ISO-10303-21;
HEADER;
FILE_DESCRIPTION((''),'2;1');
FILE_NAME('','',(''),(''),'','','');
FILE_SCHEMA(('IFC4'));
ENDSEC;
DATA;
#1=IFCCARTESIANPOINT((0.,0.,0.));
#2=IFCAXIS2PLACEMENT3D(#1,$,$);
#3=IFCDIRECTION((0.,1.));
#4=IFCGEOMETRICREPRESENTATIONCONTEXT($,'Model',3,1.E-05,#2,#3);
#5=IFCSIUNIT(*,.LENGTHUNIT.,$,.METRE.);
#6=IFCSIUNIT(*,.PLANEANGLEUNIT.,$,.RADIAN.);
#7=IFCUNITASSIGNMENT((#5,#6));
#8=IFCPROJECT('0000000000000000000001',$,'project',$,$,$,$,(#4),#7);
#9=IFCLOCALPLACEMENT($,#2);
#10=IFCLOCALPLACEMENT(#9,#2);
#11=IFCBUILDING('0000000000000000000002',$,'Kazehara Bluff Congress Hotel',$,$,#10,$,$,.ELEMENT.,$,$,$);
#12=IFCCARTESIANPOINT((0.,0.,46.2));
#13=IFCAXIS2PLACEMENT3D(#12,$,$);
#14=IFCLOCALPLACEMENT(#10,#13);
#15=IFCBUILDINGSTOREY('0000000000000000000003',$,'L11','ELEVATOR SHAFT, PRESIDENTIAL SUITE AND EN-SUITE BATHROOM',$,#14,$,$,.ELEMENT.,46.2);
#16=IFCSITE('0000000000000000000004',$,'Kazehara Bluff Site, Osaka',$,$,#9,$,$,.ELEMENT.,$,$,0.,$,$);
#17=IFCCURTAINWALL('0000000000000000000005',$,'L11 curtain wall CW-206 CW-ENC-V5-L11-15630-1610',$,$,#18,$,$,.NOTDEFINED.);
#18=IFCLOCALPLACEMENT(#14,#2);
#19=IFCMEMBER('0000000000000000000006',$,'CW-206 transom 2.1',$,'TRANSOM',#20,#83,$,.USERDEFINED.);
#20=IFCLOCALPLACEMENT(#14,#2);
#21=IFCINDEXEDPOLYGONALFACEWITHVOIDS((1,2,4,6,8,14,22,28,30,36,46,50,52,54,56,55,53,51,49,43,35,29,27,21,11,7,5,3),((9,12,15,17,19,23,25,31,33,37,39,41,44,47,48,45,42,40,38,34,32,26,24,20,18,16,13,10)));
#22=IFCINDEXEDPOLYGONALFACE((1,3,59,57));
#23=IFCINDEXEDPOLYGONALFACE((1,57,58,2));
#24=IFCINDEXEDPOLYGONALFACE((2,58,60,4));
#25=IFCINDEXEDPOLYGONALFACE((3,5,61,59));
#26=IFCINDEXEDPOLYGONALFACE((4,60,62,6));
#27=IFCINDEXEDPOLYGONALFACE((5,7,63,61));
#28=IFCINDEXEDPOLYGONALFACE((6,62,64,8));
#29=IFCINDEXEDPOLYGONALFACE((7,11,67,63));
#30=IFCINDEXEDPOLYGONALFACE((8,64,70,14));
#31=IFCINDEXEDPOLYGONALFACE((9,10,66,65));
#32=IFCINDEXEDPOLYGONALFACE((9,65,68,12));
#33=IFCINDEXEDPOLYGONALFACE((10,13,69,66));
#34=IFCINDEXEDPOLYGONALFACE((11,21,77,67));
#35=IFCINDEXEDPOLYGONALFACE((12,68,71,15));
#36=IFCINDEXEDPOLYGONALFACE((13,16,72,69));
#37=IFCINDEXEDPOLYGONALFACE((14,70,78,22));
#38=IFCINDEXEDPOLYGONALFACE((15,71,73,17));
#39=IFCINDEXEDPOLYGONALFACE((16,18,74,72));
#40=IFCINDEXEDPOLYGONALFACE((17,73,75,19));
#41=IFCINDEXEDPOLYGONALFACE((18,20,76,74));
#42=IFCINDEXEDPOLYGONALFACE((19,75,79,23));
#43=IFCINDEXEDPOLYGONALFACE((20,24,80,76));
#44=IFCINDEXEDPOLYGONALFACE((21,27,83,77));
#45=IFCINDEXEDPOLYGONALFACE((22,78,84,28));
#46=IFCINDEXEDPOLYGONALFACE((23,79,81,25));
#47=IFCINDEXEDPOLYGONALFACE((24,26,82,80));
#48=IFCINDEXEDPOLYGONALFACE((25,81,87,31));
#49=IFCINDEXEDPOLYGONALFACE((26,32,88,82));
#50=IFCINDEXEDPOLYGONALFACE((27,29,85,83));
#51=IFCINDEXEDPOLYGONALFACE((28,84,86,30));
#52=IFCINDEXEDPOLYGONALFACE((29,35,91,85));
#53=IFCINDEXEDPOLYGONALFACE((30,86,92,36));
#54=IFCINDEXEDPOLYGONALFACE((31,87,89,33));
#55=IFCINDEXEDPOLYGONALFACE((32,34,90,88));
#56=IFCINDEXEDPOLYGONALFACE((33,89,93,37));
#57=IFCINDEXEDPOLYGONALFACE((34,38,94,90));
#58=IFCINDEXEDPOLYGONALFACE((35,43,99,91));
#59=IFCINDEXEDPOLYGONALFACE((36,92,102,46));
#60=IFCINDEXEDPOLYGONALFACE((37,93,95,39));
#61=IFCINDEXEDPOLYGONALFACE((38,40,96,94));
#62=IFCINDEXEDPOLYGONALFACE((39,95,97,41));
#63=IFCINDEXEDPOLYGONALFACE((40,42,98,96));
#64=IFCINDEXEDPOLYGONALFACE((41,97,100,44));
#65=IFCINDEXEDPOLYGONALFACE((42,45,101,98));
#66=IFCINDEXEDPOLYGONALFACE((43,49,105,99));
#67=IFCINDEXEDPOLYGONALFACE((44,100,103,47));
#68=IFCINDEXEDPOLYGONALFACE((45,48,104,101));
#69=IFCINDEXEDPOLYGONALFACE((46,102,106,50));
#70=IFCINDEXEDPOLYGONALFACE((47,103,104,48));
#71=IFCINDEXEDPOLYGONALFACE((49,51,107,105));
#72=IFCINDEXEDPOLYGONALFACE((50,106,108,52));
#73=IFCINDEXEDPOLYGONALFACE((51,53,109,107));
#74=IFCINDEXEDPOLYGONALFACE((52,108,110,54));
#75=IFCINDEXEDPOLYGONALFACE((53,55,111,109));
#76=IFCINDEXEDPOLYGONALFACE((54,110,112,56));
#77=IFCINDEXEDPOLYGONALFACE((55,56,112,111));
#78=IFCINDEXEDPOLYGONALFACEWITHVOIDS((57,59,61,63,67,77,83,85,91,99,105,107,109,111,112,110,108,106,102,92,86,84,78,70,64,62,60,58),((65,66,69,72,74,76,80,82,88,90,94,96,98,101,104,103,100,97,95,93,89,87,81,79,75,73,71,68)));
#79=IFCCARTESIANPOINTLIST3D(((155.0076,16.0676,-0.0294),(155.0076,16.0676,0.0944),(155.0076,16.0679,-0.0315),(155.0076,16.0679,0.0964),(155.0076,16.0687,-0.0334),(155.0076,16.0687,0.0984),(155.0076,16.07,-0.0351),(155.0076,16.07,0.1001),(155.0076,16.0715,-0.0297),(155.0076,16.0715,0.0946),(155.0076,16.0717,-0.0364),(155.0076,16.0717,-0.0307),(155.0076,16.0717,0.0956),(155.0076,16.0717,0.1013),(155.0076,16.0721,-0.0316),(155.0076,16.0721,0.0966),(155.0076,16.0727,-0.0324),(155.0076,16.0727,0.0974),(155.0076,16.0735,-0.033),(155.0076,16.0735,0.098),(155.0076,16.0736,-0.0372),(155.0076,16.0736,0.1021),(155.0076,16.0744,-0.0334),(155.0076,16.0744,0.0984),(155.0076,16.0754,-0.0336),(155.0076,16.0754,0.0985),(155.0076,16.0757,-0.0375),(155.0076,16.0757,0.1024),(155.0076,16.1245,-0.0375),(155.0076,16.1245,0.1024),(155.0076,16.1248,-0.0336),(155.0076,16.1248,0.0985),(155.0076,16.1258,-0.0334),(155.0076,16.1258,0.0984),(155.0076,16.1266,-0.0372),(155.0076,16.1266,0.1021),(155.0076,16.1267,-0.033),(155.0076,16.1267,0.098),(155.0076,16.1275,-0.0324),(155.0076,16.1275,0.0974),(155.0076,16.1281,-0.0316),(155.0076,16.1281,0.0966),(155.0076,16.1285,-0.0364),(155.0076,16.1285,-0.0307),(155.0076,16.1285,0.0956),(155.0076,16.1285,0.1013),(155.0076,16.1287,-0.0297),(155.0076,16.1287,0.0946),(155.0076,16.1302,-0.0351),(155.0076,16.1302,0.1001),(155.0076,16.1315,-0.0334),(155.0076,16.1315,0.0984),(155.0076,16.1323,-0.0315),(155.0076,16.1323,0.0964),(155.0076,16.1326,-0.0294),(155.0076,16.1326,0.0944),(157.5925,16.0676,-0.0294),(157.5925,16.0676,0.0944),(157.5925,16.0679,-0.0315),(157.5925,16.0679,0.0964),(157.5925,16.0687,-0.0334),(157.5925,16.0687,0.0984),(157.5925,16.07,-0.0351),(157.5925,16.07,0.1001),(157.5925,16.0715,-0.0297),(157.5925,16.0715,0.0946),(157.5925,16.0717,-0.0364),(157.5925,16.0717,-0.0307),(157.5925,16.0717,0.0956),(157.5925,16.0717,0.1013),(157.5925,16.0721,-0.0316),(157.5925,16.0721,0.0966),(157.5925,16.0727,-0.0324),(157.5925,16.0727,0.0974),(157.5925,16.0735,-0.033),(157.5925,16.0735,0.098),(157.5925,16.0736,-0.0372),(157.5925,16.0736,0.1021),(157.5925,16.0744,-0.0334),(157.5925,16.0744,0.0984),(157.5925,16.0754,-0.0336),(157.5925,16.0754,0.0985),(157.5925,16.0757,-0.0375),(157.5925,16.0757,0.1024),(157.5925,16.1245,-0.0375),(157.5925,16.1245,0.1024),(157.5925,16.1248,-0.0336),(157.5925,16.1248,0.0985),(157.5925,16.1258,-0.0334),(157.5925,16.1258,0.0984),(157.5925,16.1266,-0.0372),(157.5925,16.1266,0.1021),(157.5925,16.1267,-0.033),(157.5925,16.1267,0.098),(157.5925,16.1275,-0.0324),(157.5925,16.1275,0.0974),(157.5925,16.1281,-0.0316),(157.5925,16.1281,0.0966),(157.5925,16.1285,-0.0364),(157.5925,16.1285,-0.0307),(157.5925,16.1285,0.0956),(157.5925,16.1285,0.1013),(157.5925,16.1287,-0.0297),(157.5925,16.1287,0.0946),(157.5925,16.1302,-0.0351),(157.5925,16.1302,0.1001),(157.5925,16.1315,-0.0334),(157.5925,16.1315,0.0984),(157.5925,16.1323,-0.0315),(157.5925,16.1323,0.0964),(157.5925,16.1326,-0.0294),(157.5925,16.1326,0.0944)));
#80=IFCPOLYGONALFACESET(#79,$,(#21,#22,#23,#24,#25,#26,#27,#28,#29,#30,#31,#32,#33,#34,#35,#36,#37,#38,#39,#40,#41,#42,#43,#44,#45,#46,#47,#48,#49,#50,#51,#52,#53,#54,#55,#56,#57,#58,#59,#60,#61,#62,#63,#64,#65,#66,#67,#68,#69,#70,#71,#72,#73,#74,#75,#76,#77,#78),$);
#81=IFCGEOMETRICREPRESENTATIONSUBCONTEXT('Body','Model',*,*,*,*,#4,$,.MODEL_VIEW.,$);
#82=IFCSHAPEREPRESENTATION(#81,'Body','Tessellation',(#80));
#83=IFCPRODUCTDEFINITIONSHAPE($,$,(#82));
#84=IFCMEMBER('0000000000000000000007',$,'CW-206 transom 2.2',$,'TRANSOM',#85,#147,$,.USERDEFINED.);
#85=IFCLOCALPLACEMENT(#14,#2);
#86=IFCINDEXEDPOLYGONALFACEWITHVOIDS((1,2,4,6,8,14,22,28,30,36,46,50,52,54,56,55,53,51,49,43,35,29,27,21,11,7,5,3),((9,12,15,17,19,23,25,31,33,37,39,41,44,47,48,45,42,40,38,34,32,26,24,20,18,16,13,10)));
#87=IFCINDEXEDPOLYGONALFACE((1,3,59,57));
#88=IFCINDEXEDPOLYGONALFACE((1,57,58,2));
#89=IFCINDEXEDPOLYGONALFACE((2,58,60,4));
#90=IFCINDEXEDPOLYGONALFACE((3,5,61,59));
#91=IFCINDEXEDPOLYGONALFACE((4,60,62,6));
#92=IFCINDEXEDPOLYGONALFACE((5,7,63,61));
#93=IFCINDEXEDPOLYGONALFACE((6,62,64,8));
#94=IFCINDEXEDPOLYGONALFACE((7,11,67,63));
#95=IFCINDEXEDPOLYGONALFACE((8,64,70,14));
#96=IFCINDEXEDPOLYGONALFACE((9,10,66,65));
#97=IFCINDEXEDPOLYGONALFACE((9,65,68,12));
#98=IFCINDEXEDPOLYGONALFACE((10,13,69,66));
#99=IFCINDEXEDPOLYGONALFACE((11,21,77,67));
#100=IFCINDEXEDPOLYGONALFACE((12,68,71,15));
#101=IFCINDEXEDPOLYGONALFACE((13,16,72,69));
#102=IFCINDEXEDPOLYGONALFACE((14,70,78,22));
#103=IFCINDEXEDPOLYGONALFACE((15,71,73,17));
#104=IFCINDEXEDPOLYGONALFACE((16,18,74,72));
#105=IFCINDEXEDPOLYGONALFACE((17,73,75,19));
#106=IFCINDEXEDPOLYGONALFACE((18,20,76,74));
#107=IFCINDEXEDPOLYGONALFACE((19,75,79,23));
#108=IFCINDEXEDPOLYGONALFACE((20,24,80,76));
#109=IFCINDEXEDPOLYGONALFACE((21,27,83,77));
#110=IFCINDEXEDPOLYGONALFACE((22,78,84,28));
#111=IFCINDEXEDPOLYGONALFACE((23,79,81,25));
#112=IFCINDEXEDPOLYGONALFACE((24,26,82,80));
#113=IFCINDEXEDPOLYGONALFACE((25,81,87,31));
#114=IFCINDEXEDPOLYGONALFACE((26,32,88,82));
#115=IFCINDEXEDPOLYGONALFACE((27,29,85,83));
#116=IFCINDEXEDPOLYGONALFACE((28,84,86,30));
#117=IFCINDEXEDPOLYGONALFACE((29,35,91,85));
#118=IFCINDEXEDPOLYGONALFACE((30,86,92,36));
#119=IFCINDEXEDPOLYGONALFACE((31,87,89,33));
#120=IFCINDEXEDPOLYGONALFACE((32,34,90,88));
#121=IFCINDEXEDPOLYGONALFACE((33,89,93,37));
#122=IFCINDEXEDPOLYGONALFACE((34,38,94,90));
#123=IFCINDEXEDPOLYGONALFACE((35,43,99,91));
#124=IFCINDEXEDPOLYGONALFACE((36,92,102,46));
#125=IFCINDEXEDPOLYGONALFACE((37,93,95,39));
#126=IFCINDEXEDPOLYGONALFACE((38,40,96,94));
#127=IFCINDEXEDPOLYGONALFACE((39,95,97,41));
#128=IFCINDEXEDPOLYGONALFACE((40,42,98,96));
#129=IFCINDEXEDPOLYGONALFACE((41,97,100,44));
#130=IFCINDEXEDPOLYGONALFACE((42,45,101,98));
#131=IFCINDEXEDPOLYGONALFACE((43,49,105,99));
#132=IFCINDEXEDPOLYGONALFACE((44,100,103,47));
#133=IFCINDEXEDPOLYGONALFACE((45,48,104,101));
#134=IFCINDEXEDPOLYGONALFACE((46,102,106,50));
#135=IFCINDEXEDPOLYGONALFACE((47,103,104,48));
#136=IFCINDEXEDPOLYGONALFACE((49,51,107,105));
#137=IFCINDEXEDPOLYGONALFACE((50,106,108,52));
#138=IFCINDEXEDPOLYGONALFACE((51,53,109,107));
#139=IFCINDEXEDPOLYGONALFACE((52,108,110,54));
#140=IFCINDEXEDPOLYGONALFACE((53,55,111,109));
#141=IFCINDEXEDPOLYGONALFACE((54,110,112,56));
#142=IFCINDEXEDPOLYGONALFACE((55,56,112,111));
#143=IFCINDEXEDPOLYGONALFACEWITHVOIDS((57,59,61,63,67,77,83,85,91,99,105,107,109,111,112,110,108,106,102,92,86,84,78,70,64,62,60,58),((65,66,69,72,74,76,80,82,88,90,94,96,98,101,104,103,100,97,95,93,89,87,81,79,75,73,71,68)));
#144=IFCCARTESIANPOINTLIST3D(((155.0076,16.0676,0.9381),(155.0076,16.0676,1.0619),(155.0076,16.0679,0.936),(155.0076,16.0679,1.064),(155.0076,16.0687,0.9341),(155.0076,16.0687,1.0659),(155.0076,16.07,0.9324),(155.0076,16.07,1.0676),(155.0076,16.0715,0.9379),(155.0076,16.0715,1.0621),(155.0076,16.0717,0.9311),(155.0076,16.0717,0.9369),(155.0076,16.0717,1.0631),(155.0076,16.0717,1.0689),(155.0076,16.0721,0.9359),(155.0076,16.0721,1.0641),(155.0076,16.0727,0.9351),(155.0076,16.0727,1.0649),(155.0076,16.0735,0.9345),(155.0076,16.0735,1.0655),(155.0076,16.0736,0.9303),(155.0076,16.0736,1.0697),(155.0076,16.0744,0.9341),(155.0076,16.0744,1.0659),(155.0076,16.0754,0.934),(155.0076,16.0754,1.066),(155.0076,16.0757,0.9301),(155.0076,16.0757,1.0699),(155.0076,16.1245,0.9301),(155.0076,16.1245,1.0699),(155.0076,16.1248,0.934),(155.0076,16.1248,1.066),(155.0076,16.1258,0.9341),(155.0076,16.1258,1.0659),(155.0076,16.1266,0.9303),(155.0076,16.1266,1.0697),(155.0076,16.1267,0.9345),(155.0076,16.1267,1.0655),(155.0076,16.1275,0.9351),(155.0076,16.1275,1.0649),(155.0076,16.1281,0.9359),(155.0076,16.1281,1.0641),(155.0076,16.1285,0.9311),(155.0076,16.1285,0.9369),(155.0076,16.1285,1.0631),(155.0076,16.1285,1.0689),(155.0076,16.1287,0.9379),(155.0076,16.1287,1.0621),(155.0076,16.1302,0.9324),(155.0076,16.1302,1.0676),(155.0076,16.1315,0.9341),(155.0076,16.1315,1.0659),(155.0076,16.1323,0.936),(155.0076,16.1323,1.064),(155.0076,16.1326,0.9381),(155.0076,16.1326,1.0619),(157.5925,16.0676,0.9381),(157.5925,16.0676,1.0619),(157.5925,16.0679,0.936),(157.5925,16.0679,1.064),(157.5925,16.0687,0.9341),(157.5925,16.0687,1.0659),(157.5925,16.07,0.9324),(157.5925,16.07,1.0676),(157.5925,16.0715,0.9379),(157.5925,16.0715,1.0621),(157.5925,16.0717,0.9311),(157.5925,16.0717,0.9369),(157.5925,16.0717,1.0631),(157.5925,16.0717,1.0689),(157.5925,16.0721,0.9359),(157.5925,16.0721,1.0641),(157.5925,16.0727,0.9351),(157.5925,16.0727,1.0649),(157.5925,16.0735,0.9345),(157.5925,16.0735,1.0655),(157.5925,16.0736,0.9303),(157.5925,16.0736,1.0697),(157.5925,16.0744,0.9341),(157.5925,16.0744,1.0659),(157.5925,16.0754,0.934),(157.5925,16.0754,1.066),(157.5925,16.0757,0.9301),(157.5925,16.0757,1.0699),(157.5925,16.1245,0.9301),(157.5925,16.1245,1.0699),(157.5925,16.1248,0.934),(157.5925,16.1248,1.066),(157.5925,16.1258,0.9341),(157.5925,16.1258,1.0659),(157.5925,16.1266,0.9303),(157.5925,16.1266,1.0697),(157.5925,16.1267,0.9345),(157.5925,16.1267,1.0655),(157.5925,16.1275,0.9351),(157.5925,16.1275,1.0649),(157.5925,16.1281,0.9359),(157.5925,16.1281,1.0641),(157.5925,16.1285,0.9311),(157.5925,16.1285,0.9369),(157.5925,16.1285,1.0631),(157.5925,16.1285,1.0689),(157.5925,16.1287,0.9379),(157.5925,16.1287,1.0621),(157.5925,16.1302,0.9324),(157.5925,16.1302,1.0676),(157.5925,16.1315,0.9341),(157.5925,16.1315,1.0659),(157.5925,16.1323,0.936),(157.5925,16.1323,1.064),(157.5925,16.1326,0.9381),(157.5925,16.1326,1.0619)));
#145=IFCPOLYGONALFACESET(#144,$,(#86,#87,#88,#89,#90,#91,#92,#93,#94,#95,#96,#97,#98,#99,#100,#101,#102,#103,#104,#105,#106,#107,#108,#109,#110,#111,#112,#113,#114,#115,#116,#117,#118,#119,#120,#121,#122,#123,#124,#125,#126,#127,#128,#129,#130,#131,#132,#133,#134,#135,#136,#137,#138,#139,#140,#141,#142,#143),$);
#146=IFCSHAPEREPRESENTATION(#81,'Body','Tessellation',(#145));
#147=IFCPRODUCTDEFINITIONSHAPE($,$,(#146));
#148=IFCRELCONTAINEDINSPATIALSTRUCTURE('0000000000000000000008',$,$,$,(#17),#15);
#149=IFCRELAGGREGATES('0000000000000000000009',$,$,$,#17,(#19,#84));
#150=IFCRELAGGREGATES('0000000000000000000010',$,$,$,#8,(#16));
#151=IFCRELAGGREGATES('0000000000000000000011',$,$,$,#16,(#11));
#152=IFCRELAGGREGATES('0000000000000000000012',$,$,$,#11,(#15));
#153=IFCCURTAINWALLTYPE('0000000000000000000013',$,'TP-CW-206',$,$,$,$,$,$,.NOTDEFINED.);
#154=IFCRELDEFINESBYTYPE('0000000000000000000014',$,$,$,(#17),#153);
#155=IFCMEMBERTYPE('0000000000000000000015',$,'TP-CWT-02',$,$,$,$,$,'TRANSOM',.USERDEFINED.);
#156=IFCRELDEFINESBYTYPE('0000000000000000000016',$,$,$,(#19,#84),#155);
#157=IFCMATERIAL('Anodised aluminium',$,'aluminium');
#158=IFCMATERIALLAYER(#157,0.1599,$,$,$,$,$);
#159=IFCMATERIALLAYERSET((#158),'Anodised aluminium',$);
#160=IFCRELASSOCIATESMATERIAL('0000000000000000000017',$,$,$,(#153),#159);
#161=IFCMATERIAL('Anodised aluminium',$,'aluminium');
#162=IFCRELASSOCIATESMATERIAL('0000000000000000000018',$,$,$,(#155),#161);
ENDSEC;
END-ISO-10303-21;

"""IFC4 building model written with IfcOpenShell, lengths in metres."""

from ifc_helpers import new_model, si_unit, direction, frame, origin, origin_2d, place, context, subcontext, project, spatial, hollow_rectangle, extrude, material, layer, layer_set, material_profile, profile_set, type_object, element, aggregate, save


model = new_model("IFC4")

# Units and contexts
model_context = context("Model", 3, precision=1e-05, world=origin(), true_north=direction((0.0, 1.0)))
body_context = subcontext(model_context, "Body", "Model", "MODEL_VIEW")
ifc_project = project(units=[si_unit("LENGTHUNIT", "METRE"), si_unit("PLANEANGLEUNIT", "RADIAN")], contexts=[model_context])

# Site, building, storey
site_placement = place(None, origin())
site = spatial("IfcSite", under=ifc_project, at=site_placement, Name="Kazehara Bluff Site, Osaka", CompositionType="ELEMENT", RefElevation=0.0)
building_placement = place(site_placement, origin())
building = spatial("IfcBuilding", under=site, at=building_placement, Name="Kazehara Bluff Congress Hotel", CompositionType="ELEMENT")
storey_placement = place(building_placement, frame((0.0, 0.0, 46.2)))
storey = spatial("IfcBuildingStorey", under=building, at=storey_placement, Name="L11", Description="ELEVATOR SHAFT, PRESIDENTIAL SUITE AND EN-SUITE BATHROOM", CompositionType="ELEMENT", Elevation=46.2)

# Curtain wall
ifc_material_1 = material(Name="Anodised aluminium", Category="aluminium")
ifc_layer_1 = layer(ifc_material_1, 0.1599)
ifc_layer_set_1 = layer_set([ifc_layer_1], Name="Anodised aluminium")
curtain_wall_type_1 = type_object("IfcCurtainWallType", Name="TP-CW-206", PredefinedType="NOTDEFINED", material=ifc_layer_set_1)
curtain_wall_1_placement = place(storey_placement, origin())
curtain_wall_1 = element("IfcCurtainWall", 1, at=curtain_wall_1_placement, inside=storey, type_object=curtain_wall_type_1, Name="L11 curtain wall CW-206 CW-ENC-V5-L11-15630-1610", PredefinedType="NOTDEFINED")

# Members
ifc_material_2 = material(Name="Anodised aluminium", Category="aluminium")
ifc_material_profile_1 = material_profile(ifc_material_2, hollow_rectangle(XDim=0.0649, YDim=0.1399, WallThickness=0.0039, InnerFilletRadius=0.0039, OuterFilletRadius=0.0081, at=origin_2d()))
ifc_profile_set_1 = profile_set([ifc_material_profile_1], Name="Anodised aluminium")
member_type_1 = type_object("IfcMemberType", Name="TP-CWT-02", ElementType="TRANSOM", PredefinedType="USERDEFINED", material=ifc_profile_set_1)
member_1_placement = place(storey_placement, frame((157.5925, 16.1001, 0.0325), z_axis=(-1.0, 0.0, 0.0), x_axis=(0.0, -1.0, 0.0)))
member_1 = element("IfcMember", 2, at=member_1_placement, type_object=member_type_1, Name="CW-206 transom 2.1", ObjectType="TRANSOM", PredefinedType="USERDEFINED", context=body_context, shape_type="SweptSolid", body=[
    extrude(hollow_rectangle(XDim=0.0649, YDim=0.1399, WallThickness=0.0039, InnerFilletRadius=0.0039, OuterFilletRadius=0.0081, at=origin_2d()), origin(), (0.0, 0.0, 1.0), 2.585),
])
member_2_placement = place(storey_placement, frame((157.5925, 16.1001, 1.0), z_axis=(-1.0, 0.0, 0.0), x_axis=(0.0, -1.0, 0.0)))
member_2 = element("IfcMember", 3, at=member_2_placement, type_object=member_type_1, Name="CW-206 transom 2.2", ObjectType="TRANSOM", PredefinedType="USERDEFINED", context=body_context, shape_type="SweptSolid", body=[
    extrude(hollow_rectangle(XDim=0.0649, YDim=0.1399, WallThickness=0.0039, InnerFilletRadius=0.0039, OuterFilletRadius=0.0081, at=origin_2d()), origin(), (0.0, 0.0, 1.0), 2.585),
])

aggregate(curtain_wall_1, [member_1, member_2])

save(model, "model.ifc")
